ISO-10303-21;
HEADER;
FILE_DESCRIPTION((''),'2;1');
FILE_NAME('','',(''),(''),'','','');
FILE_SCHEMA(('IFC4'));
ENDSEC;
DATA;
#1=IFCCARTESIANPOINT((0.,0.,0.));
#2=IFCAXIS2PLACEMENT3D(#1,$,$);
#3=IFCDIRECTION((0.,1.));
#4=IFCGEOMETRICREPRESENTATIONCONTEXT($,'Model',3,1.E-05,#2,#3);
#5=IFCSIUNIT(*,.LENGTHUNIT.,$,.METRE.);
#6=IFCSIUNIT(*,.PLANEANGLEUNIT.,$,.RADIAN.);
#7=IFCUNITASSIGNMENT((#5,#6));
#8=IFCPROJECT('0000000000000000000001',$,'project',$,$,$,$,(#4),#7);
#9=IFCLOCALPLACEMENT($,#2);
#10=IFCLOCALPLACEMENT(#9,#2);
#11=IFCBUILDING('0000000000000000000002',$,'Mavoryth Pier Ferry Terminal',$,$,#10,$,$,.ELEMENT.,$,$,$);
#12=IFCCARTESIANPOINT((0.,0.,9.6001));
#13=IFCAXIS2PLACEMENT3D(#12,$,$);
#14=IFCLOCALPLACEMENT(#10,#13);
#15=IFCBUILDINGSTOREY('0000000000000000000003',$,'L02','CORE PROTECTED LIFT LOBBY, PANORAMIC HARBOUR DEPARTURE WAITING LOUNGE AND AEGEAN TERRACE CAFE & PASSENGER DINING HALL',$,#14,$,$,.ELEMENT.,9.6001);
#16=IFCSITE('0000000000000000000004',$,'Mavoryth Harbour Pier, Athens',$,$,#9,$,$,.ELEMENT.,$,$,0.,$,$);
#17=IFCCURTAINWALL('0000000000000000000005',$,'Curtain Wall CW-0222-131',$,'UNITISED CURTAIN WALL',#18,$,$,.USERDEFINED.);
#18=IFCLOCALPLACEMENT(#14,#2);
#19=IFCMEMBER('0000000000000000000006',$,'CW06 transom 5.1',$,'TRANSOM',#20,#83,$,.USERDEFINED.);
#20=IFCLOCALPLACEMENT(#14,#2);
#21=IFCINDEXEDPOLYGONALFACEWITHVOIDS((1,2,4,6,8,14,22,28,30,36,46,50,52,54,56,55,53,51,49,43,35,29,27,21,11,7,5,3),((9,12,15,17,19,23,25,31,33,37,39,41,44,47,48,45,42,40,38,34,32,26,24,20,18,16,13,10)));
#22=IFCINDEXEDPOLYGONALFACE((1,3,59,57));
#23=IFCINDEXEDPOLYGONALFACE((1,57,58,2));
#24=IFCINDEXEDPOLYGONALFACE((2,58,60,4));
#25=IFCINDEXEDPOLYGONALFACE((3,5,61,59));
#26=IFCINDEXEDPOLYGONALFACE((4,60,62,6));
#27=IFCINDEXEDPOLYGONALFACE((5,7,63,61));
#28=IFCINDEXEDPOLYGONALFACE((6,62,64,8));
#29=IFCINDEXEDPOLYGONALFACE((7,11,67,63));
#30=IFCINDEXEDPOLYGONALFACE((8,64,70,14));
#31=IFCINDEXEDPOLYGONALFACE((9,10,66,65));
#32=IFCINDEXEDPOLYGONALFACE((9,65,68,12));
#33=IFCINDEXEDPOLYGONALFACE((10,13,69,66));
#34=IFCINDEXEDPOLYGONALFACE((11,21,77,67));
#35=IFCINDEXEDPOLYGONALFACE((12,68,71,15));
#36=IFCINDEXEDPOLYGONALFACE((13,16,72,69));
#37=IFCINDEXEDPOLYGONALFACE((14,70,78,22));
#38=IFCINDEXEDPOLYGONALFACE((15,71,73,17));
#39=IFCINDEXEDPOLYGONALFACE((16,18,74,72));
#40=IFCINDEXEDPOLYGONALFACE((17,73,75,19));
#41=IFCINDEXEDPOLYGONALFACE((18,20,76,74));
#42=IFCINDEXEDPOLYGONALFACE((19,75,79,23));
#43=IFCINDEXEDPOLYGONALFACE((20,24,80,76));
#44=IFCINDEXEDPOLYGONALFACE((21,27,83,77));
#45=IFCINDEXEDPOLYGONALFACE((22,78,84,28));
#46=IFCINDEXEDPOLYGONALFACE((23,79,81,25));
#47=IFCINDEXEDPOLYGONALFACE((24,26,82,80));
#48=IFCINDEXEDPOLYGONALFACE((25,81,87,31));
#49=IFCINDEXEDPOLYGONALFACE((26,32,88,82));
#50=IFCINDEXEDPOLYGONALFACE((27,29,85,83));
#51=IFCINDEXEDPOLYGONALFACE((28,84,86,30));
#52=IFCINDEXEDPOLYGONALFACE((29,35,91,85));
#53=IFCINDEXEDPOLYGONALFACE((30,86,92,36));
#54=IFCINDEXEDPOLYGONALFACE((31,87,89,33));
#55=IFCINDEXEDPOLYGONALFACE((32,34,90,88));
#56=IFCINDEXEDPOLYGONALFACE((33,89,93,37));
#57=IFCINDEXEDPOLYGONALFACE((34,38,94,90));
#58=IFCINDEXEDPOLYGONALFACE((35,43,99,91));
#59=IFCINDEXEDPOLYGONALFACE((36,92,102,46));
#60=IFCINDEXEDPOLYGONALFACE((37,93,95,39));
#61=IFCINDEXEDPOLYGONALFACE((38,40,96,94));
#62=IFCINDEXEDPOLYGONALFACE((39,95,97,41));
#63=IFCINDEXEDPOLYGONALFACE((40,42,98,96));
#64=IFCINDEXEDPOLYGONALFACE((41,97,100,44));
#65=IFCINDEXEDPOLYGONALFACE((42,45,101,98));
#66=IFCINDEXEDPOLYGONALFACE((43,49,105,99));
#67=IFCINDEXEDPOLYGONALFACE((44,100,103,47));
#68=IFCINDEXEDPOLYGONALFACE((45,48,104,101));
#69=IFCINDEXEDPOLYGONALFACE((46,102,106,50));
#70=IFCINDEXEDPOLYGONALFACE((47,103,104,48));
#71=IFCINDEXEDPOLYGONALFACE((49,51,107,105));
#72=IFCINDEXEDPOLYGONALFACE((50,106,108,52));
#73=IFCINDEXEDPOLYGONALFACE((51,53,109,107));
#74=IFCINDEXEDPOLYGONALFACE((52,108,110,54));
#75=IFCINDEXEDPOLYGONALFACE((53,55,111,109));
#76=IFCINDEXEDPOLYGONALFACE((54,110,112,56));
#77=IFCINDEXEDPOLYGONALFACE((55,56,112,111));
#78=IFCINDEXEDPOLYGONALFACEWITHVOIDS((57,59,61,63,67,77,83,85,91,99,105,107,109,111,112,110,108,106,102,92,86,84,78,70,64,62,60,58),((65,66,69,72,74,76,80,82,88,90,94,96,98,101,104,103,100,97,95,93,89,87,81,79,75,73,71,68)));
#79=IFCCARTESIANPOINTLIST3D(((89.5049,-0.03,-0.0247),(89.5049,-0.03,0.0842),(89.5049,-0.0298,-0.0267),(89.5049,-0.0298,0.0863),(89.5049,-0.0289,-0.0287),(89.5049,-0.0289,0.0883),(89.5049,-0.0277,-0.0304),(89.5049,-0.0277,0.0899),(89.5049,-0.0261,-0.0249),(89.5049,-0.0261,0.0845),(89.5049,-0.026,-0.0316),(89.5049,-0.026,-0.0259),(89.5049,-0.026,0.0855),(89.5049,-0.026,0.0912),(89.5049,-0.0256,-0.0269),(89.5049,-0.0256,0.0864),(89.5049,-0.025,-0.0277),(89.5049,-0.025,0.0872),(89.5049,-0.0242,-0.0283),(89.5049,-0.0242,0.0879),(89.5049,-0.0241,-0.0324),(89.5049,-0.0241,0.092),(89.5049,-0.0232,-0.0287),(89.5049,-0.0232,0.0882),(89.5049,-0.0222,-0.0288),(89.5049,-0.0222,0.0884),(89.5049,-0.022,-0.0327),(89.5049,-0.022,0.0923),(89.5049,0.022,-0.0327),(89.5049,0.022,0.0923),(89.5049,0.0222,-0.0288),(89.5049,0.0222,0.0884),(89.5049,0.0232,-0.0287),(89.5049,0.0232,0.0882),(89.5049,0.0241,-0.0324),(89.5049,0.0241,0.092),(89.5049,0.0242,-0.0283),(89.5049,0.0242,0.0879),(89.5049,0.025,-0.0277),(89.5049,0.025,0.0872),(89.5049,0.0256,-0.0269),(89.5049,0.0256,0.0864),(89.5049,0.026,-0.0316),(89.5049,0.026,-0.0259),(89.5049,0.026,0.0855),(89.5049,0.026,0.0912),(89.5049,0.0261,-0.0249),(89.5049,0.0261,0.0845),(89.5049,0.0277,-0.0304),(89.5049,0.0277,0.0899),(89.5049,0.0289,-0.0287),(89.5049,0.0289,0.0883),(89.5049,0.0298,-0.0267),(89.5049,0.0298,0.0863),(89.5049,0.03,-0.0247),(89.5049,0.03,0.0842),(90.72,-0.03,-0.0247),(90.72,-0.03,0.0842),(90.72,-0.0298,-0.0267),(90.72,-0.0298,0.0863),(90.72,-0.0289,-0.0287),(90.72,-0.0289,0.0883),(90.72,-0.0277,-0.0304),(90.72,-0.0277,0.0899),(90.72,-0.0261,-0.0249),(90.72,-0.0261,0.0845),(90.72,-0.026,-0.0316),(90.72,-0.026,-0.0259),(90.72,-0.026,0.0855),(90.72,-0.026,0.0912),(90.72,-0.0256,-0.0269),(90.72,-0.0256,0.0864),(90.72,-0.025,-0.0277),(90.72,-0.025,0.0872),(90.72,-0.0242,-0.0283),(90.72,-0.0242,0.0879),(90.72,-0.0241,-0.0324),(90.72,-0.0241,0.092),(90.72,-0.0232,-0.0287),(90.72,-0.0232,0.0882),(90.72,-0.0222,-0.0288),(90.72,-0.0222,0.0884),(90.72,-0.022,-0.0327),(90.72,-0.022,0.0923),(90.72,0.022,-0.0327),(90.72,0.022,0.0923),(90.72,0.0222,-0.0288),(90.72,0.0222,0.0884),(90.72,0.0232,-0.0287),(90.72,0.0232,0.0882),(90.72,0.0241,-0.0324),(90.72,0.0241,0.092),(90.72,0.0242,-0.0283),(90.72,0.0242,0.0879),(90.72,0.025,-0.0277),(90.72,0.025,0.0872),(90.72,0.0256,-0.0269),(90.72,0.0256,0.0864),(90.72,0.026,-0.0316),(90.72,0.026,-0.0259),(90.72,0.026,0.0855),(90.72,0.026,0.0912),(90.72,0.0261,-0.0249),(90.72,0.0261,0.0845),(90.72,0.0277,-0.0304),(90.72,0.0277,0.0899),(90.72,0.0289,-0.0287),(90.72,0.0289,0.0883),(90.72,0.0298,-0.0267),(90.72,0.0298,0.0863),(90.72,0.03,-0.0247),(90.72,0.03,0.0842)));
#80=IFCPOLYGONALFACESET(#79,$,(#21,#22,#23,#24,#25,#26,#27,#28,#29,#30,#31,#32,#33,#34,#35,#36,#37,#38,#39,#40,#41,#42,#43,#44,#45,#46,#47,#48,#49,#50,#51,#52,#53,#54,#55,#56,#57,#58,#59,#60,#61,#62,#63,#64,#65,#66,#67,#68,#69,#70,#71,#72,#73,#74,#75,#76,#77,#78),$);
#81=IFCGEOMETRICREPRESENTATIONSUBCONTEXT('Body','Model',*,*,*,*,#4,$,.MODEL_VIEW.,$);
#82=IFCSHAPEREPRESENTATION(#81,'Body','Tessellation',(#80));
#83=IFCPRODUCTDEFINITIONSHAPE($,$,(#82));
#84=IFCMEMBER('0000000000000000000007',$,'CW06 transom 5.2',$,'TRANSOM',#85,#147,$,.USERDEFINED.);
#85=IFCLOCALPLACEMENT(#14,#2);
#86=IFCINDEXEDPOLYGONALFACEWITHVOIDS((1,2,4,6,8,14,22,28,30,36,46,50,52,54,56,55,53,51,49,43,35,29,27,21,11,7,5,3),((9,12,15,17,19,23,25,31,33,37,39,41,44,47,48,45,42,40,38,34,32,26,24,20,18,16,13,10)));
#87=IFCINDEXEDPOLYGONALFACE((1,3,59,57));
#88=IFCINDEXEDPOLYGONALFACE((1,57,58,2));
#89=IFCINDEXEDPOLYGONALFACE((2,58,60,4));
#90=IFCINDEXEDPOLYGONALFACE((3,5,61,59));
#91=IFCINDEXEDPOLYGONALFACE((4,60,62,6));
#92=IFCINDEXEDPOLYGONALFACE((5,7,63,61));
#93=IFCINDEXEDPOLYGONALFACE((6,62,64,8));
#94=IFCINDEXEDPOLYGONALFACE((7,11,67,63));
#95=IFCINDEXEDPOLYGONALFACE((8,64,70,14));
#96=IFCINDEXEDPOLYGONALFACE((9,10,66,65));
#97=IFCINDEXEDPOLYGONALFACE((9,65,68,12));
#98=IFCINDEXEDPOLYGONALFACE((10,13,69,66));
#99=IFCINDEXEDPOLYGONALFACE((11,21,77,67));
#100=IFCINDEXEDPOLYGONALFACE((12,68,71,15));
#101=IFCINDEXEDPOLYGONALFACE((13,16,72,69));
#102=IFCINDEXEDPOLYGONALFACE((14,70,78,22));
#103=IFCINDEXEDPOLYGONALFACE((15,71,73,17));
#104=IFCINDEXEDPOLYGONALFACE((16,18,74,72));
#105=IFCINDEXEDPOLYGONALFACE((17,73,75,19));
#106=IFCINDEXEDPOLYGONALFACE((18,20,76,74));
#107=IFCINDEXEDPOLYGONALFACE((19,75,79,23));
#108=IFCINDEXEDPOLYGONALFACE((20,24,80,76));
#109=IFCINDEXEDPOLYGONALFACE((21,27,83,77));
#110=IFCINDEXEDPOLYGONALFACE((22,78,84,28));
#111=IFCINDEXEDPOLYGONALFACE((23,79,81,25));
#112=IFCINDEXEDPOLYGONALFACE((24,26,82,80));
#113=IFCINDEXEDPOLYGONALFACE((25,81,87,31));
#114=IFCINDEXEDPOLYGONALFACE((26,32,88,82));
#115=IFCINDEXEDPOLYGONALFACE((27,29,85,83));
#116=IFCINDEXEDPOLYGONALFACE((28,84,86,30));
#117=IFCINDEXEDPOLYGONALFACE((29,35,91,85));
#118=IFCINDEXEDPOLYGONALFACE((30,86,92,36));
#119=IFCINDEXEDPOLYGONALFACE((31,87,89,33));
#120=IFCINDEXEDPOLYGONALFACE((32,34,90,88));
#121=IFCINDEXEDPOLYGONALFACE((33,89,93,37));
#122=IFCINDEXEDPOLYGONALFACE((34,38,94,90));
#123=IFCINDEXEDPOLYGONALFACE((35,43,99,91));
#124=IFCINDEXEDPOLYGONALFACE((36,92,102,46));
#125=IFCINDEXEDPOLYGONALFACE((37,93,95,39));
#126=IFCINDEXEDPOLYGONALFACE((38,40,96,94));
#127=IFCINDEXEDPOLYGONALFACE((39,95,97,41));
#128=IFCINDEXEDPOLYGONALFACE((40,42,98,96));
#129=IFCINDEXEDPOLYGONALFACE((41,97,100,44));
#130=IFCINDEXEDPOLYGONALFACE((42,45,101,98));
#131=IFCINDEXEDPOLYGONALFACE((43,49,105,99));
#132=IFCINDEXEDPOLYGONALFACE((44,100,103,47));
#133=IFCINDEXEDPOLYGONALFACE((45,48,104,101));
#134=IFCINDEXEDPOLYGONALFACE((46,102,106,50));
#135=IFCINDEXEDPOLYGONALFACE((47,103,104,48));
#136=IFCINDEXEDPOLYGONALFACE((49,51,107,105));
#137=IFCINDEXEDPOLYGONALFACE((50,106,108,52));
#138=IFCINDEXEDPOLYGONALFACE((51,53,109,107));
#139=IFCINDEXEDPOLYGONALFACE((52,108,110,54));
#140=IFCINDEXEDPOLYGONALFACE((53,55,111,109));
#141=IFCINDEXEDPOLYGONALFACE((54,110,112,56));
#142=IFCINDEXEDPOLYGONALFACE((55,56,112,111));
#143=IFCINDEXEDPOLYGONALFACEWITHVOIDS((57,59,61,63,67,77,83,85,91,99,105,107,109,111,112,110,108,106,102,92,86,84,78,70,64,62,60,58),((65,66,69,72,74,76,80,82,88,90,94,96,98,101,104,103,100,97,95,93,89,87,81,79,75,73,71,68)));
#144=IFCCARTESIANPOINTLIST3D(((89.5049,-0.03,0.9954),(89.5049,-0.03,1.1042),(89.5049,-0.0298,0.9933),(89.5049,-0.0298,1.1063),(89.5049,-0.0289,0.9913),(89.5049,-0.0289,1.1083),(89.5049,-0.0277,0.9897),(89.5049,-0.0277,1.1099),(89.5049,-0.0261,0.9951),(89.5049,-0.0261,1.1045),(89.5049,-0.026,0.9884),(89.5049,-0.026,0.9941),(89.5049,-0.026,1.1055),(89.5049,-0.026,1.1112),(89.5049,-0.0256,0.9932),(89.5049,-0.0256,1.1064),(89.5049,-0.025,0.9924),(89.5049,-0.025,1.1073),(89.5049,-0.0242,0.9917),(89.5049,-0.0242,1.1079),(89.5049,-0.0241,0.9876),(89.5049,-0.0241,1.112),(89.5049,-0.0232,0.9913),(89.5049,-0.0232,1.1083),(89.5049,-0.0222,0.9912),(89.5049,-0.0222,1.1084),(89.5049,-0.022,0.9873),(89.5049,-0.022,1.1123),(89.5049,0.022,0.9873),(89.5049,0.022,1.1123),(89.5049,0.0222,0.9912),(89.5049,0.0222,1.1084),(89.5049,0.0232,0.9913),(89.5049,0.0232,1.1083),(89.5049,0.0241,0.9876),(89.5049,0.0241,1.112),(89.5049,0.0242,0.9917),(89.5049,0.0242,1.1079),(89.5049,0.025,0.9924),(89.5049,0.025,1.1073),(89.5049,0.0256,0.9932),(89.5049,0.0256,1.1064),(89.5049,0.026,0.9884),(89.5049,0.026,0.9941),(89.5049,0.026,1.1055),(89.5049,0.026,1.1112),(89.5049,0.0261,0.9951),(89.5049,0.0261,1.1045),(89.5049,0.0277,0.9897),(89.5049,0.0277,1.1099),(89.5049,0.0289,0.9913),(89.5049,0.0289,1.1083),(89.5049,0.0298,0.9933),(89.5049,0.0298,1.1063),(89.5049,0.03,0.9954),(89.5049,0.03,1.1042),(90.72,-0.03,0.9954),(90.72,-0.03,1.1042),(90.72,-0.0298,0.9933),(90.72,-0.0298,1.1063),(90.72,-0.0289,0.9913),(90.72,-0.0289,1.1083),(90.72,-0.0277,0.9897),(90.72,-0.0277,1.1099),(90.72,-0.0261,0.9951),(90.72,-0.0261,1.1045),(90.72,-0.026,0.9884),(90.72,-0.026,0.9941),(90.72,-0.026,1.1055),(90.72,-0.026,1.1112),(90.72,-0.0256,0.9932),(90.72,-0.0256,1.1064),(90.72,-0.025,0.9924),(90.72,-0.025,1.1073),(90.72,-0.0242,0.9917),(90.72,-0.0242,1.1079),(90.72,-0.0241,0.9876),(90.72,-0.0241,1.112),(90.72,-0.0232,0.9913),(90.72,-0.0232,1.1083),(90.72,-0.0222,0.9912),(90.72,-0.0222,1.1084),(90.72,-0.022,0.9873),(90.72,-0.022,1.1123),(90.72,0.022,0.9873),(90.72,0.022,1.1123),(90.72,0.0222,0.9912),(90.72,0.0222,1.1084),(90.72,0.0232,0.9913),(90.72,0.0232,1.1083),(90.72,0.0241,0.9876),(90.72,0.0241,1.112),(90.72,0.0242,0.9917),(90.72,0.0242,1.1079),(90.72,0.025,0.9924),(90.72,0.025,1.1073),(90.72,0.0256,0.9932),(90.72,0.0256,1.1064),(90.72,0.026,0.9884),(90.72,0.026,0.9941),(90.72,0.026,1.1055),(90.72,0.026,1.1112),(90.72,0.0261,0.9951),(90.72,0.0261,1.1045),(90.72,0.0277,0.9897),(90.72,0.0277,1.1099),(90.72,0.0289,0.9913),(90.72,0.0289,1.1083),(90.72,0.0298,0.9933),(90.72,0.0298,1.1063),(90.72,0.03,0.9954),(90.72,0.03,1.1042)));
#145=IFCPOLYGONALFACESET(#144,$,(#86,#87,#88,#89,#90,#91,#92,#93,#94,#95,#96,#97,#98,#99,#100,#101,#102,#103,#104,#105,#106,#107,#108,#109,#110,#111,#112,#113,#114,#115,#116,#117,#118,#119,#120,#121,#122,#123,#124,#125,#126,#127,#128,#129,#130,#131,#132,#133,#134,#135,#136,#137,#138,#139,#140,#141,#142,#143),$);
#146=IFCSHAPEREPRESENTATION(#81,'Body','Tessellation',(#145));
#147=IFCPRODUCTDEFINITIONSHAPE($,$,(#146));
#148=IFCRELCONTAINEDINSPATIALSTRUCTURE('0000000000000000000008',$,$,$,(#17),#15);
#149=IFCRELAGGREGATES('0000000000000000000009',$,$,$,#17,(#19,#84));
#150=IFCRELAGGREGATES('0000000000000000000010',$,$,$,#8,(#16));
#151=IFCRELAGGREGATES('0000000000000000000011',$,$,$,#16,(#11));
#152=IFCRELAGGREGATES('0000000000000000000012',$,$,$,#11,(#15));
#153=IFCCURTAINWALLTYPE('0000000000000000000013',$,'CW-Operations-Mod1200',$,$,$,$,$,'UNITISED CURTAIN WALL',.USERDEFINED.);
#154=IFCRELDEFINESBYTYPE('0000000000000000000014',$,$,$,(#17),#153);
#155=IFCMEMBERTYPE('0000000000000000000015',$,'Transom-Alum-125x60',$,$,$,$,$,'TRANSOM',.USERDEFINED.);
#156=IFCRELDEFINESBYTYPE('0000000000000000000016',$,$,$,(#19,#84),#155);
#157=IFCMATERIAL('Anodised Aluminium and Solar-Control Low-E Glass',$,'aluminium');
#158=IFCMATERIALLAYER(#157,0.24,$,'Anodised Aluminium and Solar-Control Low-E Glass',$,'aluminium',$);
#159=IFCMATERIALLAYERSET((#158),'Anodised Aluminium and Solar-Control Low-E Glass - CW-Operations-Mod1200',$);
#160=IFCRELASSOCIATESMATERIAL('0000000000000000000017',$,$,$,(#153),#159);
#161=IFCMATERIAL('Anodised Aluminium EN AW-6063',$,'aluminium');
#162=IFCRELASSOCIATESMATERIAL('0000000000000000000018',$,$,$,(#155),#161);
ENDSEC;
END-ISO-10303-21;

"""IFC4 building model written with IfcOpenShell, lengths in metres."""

from ifc_helpers import new_model, si_unit, direction, frame, origin, origin_2d, place, context, subcontext, project, spatial, hollow_rectangle, extrude, material, layer, layer_set, material_profile, profile_set, type_object, element, aggregate, save


model = new_model("IFC4")

# Units and contexts
model_context = context("Model", 3, precision=1e-05, world=origin(), true_north=direction((0.0, 1.0)))
body_context = subcontext(model_context, "Body", "Model", "MODEL_VIEW")
ifc_project = project(units=[si_unit("LENGTHUNIT", "METRE"), si_unit("PLANEANGLEUNIT", "RADIAN")], contexts=[model_context])

# Site, building, storey
site_placement = place(None, origin())
site = spatial("IfcSite", under=ifc_project, at=site_placement, Name="Mavoryth Harbour Pier, Athens", CompositionType="ELEMENT", RefElevation=0.0)
building_placement = place(site_placement, origin())
building = spatial("IfcBuilding", under=site, at=building_placement, Name="Mavoryth Pier Ferry Terminal", CompositionType="ELEMENT")
storey_placement = place(building_placement, frame((0.0, 0.0, 9.6001)))
storey = spatial("IfcBuildingStorey", under=building, at=storey_placement, Name="L02", Description="CORE PROTECTED LIFT LOBBY, PANORAMIC HARBOUR DEPARTURE WAITING LOUNGE AND AEGEAN TERRACE CAFE & PASSENGER DINING HALL", CompositionType="ELEMENT", Elevation=9.6001)

# Curtain wall, members
ifc_material_1 = material(Name="Anodised Aluminium and Solar-Control Low-E Glass", Category="aluminium")
ifc_layer_1 = layer(ifc_material_1, 0.24, Name="Anodised Aluminium and Solar-Control Low-E Glass", Category="aluminium")
ifc_layer_set_1 = layer_set([ifc_layer_1], Name="Anodised Aluminium and Solar-Control Low-E Glass - CW-Operations-Mod1200")
curtain_wall_type = type_object("IfcCurtainWallType", Name="CW-Operations-Mod1200", ElementType="UNITISED CURTAIN WALL", PredefinedType="USERDEFINED", material=ifc_layer_set_1)
curtain_wall_placement = place(storey_placement, origin())
curtain_wall = element("IfcCurtainWall", 1, at=curtain_wall_placement, inside=storey, type_object=curtain_wall_type, Name="Curtain Wall CW-0222-131", ObjectType="UNITISED CURTAIN WALL", PredefinedType="USERDEFINED")
ifc_material_2 = material(Name="Anodised Aluminium EN AW-6063", Category="aluminium")
ifc_material_profile_1 = material_profile(ifc_material_2, hollow_rectangle(XDim=0.0601, YDim=0.125, WallThickness=0.0039, InnerFilletRadius=0.0039, OuterFilletRadius=0.0081, at=origin_2d()), Name="AL-TRAN 125x60x4", Category="aluminium")
ifc_profile_set_1 = profile_set([ifc_material_profile_1], Name="Anodised Aluminium EN AW-6063 - AL-TRAN 125x60x4")
member_type_1 = type_object("IfcMemberType", Name="Transom-Alum-125x60", ElementType="TRANSOM", PredefinedType="USERDEFINED", material=ifc_profile_set_1)
member_1_placement = place(storey_placement, frame((89.5049, 0.0, 0.0298), z_axis=(1.0, 0.0, 0.0), x_axis=(0.0, 1.0, 0.0)))
member_1 = element("IfcMember", 2, at=member_1_placement, type_object=member_type_1, Name="CW06 transom 5.1", ObjectType="TRANSOM", PredefinedType="USERDEFINED", context=body_context, shape_type="SweptSolid", body=[
    extrude(hollow_rectangle(XDim=0.0601, YDim=0.125, WallThickness=0.0039, InnerFilletRadius=0.0039, OuterFilletRadius=0.0081, at=origin_2d()), origin(), (0.0, 0.0, 1.0), 1.2151),
])
member_2_placement = place(storey_placement, frame((89.5049, 0.0, 1.0498), z_axis=(1.0, 0.0, 0.0), x_axis=(0.0, 1.0, 0.0)))
member_2 = element("IfcMember", 3, at=member_2_placement, type_object=member_type_1, Name="CW06 transom 5.2", ObjectType="TRANSOM", PredefinedType="USERDEFINED", context=body_context, shape_type="SweptSolid", body=[
    extrude(hollow_rectangle(XDim=0.0601, YDim=0.125, WallThickness=0.0039, InnerFilletRadius=0.0039, OuterFilletRadius=0.0081, at=origin_2d()), origin(), (0.0, 0.0, 1.0), 1.2151),
])
aggregate(curtain_wall, [member_1, member_2])

save(model, "model.ifc")
